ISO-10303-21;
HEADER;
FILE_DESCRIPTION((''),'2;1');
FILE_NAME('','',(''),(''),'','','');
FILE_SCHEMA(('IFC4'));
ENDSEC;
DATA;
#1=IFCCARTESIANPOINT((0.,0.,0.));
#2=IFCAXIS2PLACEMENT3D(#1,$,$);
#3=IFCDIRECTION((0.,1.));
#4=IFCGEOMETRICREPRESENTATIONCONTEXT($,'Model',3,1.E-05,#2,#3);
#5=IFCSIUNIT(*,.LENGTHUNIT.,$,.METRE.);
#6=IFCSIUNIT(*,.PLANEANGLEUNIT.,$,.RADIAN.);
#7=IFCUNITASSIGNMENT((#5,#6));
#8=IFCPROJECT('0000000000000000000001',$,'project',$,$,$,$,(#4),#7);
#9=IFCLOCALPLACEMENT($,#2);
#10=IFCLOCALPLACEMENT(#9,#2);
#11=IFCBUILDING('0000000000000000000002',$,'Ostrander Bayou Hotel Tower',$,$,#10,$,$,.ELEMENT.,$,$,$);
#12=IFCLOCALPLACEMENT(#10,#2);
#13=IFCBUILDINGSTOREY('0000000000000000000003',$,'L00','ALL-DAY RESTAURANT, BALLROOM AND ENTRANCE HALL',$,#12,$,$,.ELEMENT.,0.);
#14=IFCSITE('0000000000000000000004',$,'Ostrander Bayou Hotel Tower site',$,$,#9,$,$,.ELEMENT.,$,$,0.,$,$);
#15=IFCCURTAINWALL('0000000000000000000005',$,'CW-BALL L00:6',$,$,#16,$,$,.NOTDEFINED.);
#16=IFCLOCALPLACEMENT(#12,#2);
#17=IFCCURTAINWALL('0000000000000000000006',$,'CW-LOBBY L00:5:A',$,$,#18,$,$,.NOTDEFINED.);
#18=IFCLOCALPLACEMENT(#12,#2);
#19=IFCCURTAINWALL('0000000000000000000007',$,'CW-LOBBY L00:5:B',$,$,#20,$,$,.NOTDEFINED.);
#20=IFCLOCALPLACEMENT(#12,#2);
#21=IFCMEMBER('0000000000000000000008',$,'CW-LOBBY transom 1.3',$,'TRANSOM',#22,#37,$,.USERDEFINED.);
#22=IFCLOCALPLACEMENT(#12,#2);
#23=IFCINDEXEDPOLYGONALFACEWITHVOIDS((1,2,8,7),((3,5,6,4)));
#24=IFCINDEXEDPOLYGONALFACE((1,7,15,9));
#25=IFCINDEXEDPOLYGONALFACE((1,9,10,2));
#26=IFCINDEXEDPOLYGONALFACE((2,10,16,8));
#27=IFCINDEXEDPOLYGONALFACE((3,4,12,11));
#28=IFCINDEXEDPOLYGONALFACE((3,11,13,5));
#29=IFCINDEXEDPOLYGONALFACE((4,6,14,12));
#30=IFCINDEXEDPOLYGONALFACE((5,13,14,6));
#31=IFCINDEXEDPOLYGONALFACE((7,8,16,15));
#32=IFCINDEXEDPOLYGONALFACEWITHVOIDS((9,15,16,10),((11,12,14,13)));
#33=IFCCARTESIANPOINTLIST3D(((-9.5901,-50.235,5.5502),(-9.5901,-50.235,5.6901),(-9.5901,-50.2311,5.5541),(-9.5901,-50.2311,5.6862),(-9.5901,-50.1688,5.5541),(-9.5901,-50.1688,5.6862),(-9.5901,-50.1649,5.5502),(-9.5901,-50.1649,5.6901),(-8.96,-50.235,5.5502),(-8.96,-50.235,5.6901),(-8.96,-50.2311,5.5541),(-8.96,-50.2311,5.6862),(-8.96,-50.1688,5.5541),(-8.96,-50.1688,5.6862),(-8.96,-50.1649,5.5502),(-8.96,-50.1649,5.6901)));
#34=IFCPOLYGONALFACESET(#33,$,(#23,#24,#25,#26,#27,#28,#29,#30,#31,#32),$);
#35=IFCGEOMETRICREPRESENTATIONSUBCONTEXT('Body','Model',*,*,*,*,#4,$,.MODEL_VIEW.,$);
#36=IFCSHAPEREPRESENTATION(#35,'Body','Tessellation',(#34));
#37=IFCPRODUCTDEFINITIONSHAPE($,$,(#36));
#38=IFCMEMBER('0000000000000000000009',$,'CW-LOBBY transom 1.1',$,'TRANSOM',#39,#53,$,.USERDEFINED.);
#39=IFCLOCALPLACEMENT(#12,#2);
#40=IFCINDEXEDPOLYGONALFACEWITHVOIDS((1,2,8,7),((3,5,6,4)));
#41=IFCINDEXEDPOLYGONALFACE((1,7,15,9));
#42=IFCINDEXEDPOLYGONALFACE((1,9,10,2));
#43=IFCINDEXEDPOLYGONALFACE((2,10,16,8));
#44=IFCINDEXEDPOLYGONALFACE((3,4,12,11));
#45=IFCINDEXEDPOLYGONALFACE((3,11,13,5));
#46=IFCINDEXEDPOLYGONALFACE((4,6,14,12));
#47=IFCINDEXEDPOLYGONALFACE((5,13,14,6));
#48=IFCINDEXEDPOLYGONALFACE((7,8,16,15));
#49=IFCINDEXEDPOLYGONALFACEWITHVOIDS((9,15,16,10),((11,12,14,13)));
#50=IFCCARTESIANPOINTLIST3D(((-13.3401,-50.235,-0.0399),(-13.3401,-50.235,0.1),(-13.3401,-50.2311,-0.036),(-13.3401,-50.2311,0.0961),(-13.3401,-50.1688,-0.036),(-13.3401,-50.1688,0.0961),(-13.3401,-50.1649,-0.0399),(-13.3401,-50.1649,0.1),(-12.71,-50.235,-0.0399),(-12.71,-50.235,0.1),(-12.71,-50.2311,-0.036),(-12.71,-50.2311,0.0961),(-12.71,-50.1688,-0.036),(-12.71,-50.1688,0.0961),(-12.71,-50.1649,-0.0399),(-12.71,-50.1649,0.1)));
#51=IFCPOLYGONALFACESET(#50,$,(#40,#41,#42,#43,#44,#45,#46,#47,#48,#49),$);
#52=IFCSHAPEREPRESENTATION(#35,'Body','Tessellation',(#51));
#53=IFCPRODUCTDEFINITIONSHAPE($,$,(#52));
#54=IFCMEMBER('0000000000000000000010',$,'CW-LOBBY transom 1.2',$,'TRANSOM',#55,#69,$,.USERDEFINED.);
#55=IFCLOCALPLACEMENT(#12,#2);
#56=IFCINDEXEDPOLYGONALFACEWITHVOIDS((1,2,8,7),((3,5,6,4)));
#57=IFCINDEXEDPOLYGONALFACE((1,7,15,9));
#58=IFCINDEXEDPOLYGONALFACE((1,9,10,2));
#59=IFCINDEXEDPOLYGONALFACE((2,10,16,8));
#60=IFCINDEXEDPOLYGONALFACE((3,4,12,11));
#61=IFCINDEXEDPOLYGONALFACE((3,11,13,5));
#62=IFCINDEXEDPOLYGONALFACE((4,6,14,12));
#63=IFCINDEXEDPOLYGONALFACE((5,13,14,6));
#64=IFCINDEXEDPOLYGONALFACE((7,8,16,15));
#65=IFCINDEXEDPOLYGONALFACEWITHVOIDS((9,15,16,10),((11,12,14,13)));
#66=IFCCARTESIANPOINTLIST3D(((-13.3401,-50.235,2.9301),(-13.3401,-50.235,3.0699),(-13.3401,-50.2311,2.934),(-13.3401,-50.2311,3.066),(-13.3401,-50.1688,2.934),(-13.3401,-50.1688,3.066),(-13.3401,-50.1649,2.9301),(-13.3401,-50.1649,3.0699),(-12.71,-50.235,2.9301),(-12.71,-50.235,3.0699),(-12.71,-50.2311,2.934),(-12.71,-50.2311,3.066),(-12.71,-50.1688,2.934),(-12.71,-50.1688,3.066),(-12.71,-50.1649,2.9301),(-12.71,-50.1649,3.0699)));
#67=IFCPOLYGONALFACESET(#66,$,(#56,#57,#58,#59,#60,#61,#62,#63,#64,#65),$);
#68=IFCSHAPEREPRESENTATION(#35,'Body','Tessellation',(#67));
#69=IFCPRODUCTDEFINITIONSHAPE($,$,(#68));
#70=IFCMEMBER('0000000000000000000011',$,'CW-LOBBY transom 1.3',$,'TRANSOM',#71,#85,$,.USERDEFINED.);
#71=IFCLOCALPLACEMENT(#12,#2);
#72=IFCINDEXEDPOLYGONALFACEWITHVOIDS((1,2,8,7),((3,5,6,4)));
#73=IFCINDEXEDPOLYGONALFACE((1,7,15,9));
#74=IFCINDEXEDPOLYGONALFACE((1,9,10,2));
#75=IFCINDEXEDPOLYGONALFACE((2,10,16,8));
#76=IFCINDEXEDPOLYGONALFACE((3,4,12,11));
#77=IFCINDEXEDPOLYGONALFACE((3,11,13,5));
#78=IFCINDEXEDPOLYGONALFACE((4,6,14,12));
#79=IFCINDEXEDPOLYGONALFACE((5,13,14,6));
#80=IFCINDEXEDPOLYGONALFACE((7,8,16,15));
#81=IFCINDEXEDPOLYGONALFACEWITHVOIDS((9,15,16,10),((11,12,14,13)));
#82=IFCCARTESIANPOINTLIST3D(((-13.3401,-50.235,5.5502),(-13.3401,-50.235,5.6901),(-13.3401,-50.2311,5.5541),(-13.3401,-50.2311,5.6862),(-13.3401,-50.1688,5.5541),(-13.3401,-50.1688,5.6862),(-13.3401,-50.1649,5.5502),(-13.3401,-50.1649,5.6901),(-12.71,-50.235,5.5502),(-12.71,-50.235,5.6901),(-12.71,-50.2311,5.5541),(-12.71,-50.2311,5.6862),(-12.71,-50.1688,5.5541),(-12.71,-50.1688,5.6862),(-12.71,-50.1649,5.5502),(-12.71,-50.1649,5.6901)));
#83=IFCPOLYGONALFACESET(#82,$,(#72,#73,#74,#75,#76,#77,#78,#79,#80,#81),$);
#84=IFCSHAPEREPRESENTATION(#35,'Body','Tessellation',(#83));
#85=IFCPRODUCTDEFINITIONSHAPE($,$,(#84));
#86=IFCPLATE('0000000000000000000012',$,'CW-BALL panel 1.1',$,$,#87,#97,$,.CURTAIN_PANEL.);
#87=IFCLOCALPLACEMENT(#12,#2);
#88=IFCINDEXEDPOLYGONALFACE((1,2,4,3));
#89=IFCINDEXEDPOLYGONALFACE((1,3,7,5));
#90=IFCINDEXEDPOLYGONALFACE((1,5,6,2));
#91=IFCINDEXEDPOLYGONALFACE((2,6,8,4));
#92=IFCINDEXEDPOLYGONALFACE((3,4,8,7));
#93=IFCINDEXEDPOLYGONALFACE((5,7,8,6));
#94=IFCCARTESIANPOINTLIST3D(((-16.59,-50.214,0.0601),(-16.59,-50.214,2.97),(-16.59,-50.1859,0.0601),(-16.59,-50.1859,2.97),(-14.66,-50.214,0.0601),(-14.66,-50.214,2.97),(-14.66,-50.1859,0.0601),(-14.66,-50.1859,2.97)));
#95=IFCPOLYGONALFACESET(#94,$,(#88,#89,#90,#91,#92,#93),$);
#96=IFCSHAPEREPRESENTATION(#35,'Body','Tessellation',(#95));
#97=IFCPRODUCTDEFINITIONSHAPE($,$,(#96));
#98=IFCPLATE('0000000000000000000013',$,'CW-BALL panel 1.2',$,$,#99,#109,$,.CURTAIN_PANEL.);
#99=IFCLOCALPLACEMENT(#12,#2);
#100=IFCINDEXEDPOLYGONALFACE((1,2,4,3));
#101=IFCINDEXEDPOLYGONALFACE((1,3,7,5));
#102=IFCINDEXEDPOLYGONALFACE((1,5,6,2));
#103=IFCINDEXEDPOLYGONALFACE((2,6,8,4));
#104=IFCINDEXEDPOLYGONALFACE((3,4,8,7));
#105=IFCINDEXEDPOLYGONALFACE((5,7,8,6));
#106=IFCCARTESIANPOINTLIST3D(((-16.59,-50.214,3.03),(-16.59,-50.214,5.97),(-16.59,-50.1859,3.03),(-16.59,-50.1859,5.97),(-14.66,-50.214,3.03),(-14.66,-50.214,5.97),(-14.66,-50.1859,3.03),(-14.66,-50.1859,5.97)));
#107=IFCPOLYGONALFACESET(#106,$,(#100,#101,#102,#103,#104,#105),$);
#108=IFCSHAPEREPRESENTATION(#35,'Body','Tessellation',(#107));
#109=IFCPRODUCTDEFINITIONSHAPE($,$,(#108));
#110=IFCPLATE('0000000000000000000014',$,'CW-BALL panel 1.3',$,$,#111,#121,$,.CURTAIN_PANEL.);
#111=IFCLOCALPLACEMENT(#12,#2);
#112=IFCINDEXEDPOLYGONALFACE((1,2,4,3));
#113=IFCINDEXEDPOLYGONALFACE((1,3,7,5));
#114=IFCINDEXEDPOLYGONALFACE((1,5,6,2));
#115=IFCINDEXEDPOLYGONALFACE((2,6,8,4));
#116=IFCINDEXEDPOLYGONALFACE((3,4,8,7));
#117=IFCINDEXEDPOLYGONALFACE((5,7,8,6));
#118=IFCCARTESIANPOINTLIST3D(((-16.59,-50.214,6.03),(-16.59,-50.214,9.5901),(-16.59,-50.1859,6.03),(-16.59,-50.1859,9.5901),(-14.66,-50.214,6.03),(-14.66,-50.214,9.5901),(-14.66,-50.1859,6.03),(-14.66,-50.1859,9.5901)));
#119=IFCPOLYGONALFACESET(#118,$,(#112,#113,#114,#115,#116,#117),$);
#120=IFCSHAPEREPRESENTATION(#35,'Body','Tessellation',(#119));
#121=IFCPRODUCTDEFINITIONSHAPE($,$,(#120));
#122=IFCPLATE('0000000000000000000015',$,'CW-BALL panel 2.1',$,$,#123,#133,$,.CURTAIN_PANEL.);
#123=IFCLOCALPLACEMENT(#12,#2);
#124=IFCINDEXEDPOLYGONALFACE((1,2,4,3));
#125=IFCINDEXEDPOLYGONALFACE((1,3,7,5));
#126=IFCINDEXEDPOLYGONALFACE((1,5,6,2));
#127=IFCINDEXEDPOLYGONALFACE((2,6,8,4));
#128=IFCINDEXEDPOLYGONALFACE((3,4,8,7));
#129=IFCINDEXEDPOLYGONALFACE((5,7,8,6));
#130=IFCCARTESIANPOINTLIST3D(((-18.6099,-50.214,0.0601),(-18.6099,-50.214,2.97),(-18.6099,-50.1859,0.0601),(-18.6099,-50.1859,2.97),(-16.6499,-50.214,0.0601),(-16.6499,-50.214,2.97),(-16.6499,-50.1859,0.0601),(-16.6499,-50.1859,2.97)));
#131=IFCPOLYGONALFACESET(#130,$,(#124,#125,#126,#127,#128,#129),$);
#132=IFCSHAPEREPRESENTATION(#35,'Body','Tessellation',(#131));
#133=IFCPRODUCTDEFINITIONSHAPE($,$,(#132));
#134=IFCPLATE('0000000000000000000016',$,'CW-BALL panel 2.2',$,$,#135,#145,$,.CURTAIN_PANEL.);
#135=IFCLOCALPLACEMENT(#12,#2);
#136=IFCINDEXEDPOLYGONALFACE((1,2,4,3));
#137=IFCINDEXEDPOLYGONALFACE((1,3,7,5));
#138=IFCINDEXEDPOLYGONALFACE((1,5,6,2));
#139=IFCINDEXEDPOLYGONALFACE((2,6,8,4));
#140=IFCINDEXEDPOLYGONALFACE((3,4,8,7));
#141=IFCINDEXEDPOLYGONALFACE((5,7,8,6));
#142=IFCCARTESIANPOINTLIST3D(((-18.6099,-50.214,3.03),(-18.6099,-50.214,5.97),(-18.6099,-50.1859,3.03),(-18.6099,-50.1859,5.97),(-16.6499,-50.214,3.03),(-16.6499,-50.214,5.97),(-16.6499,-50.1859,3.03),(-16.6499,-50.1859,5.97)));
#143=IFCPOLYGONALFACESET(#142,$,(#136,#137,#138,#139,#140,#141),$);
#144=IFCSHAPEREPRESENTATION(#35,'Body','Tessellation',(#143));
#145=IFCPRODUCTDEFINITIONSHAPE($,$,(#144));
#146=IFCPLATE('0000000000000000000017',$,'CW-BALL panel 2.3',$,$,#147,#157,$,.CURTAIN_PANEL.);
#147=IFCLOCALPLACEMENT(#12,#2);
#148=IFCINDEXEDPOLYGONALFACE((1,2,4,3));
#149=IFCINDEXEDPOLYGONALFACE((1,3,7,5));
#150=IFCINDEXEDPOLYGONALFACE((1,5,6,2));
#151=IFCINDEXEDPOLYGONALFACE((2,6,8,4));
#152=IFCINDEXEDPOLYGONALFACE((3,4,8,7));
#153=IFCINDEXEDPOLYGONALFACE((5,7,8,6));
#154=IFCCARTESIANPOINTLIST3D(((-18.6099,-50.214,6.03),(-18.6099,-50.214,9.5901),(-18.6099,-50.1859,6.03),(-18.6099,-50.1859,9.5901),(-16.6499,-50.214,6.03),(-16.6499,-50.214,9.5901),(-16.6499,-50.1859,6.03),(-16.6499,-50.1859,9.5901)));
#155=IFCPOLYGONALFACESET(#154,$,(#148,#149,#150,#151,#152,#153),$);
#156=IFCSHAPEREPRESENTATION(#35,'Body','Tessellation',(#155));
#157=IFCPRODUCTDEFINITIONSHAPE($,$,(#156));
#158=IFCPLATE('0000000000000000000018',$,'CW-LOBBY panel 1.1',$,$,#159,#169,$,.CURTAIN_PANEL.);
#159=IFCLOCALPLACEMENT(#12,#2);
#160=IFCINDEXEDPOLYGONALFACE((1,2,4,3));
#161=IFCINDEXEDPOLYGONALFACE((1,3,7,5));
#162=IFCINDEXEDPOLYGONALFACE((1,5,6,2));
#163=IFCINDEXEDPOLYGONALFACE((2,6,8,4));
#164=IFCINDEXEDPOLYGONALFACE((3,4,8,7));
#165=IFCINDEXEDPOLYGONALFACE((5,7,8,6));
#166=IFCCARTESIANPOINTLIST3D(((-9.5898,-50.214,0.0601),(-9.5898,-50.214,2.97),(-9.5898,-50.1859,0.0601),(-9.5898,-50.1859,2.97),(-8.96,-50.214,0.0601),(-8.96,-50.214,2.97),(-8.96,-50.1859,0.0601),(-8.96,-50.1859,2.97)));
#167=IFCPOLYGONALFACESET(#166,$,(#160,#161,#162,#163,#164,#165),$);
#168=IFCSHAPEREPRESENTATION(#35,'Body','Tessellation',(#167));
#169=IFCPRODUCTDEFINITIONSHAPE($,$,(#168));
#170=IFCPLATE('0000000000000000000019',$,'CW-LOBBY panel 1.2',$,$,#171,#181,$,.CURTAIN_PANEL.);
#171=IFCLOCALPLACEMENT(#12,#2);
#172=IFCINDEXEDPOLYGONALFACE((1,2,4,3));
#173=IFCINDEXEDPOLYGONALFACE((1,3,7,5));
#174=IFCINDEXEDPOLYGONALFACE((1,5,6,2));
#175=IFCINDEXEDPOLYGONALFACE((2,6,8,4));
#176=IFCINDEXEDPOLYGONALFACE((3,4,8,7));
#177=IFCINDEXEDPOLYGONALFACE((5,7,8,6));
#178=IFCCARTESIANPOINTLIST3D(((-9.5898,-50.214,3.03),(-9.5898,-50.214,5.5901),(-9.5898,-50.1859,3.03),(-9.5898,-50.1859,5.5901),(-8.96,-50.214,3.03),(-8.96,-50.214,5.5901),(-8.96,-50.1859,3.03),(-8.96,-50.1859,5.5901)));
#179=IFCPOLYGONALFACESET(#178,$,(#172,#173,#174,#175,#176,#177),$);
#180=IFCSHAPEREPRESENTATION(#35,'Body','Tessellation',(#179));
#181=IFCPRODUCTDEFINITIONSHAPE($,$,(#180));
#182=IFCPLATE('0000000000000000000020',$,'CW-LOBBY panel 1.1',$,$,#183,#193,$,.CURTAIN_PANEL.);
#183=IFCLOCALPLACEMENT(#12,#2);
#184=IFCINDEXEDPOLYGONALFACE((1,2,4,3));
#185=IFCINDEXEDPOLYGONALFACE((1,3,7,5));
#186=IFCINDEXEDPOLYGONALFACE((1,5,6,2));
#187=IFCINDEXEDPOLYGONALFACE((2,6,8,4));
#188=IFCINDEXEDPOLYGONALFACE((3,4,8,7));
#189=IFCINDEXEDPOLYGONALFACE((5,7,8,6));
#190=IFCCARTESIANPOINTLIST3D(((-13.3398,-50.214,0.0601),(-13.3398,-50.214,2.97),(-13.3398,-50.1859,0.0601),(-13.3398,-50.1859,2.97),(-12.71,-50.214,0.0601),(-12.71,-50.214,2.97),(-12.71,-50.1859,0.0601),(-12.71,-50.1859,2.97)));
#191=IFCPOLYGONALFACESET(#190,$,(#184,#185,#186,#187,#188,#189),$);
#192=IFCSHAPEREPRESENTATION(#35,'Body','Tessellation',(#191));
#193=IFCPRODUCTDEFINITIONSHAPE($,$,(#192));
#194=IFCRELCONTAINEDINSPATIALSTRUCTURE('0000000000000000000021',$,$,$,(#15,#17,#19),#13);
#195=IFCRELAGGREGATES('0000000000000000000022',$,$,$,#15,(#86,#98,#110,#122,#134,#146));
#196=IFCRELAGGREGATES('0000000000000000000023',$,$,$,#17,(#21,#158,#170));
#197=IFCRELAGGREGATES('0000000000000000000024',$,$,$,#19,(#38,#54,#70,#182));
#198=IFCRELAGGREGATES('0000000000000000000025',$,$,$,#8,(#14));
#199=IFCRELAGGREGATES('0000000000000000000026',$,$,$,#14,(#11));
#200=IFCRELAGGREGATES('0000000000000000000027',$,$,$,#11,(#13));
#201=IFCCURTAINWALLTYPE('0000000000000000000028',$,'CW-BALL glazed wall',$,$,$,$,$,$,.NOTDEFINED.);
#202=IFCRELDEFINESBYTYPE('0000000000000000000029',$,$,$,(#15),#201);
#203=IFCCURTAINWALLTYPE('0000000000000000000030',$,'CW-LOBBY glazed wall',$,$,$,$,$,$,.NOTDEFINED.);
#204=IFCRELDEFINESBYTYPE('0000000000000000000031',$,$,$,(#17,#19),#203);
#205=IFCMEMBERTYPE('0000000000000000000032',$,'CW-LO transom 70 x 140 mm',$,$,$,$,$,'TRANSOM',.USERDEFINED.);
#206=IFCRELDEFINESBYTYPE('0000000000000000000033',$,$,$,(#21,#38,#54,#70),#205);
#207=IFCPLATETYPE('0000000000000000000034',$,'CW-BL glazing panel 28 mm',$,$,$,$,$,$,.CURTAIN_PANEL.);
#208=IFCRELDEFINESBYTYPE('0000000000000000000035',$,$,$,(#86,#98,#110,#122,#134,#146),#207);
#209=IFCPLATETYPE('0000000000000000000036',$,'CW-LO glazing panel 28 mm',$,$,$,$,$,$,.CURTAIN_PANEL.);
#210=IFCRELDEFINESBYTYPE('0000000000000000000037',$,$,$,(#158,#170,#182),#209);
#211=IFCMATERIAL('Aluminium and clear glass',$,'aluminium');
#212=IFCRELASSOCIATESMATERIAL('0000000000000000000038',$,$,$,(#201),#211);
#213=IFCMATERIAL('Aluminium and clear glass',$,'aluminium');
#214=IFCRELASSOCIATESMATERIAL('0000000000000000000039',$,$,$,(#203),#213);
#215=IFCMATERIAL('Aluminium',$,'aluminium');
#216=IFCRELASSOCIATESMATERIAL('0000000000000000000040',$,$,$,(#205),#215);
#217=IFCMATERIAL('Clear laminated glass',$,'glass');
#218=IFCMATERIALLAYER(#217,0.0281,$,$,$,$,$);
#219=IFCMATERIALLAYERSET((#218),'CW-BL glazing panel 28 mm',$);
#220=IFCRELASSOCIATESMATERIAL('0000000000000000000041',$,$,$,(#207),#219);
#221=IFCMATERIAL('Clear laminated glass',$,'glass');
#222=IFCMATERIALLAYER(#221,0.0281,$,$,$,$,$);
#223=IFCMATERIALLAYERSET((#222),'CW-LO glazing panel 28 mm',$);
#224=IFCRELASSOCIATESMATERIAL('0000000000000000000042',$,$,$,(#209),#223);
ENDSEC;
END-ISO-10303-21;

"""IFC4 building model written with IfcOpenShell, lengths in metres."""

from ifc_helpers import new_model, si_unit, direction, frame, origin, origin_2d, place, context, subcontext, project, spatial, rectangle, hollow_rectangle, extrude, material, layer, layer_set, material_profile, profile_set, type_object, element, aggregate, save


model = new_model("IFC4")

# Units and contexts
model_context = context("Model", 3, precision=1e-05, world=origin(), true_north=direction((0.0, 1.0)))
body_context = subcontext(model_context, "Body", "Model", "MODEL_VIEW")
ifc_project = project(units=[si_unit("LENGTHUNIT", "METRE"), si_unit("PLANEANGLEUNIT", "RADIAN")], contexts=[model_context])

# Site, building, storey
site_placement = place(None, origin())
site = spatial("IfcSite", under=ifc_project, at=site_placement, Name="Ostrander Bayou Hotel Tower site", CompositionType="ELEMENT", RefElevation=0.0)
building_placement = place(site_placement, origin())
building = spatial("IfcBuilding", under=site, at=building_placement, Name="Ostrander Bayou Hotel Tower", CompositionType="ELEMENT")
storey_placement = place(building_placement, origin())
storey = spatial("IfcBuildingStorey", under=building, at=storey_placement, Name="L00", Description="ALL-DAY RESTAURANT, BALLROOM AND ENTRANCE HALL", CompositionType="ELEMENT", Elevation=0.0)

# Curtain walls
ifc_material_1 = material(Name="Aluminium and clear glass", Category="aluminium")
curtain_wall_type_1 = type_object("IfcCurtainWallType", Name="CW-BALL glazed wall", PredefinedType="NOTDEFINED", material=ifc_material_1)
curtain_wall_1_placement = place(storey_placement, origin())
curtain_wall_1 = element("IfcCurtainWall", 1, at=curtain_wall_1_placement, inside=storey, type_object=curtain_wall_type_1, Name="CW-BALL L00:6", PredefinedType="NOTDEFINED")
ifc_material_2 = material(Name="Aluminium and clear glass", Category="aluminium")
curtain_wall_type_2 = type_object("IfcCurtainWallType", Name="CW-LOBBY glazed wall", PredefinedType="NOTDEFINED", material=ifc_material_2)
curtain_wall_2_placement = place(storey_placement, origin())
curtain_wall_2 = element("IfcCurtainWall", 2, at=curtain_wall_2_placement, inside=storey, type_object=curtain_wall_type_2, Name="CW-LOBBY L00:5:A", PredefinedType="NOTDEFINED")
curtain_wall_3_placement = place(storey_placement, origin())
curtain_wall_3 = element("IfcCurtainWall", 3, at=curtain_wall_3_placement, inside=storey, type_object=curtain_wall_type_2, Name="CW-LOBBY L00:5:B", PredefinedType="NOTDEFINED")

# Members
ifc_material_3 = material(Name="Aluminium", Category="aluminium")
ifc_material_profile_1 = material_profile(ifc_material_3, hollow_rectangle(XDim=0.0701, YDim=0.1399, WallThickness=0.0039, at=origin_2d()))
ifc_profile_set_1 = profile_set([ifc_material_profile_1], Name="Aluminium")
member_type_1 = type_object("IfcMemberType", Name="CW-LO transom 70 x 140 mm", ElementType="TRANSOM", PredefinedType="USERDEFINED", material=ifc_profile_set_1)
member_1_placement = place(storey_placement, frame((-8.96, -50.2, 5.6201), z_axis=(-1.0, 0.0, 0.0), x_axis=(0.0, -1.0, 0.0)))
member_1 = element("IfcMember", 4, at=member_1_placement, type_object=member_type_1, Name="CW-LOBBY transom 1.3", ObjectType="TRANSOM", PredefinedType="USERDEFINED", context=body_context, shape_type="SweptSolid", body=[
    extrude(hollow_rectangle(XDim=0.0701, YDim=0.1399, WallThickness=0.0039, at=origin_2d()), origin(), (0.0, 0.0, 1.0), 0.6301),
])
member_2_placement = place(storey_placement, frame((-12.71, -50.2, 0.03), z_axis=(-1.0, 0.0, 0.0), x_axis=(0.0, -1.0, 0.0)))
member_2 = element("IfcMember", 5, at=member_2_placement, type_object=member_type_1, Name="CW-LOBBY transom 1.1", ObjectType="TRANSOM", PredefinedType="USERDEFINED", context=body_context, shape_type="SweptSolid", body=[
    extrude(hollow_rectangle(XDim=0.0701, YDim=0.1399, WallThickness=0.0039, at=origin_2d()), origin(), (0.0, 0.0, 1.0), 0.6301),
])
member_3_placement = place(storey_placement, frame((-12.71, -50.2, 3.0), z_axis=(-1.0, 0.0, 0.0), x_axis=(0.0, -1.0, 0.0)))
member_3 = element("IfcMember", 6, at=member_3_placement, type_object=member_type_1, Name="CW-LOBBY transom 1.2", ObjectType="TRANSOM", PredefinedType="USERDEFINED", context=body_context, shape_type="SweptSolid", body=[
    extrude(hollow_rectangle(XDim=0.0701, YDim=0.1399, WallThickness=0.0039, at=origin_2d()), origin(), (0.0, 0.0, 1.0), 0.6301),
])
member_4_placement = place(storey_placement, frame((-12.71, -50.2, 5.6201), z_axis=(-1.0, 0.0, 0.0), x_axis=(0.0, -1.0, 0.0)))
member_4 = element("IfcMember", 7, at=member_4_placement, type_object=member_type_1, Name="CW-LOBBY transom 1.3", ObjectType="TRANSOM", PredefinedType="USERDEFINED", context=body_context, shape_type="SweptSolid", body=[
    extrude(hollow_rectangle(XDim=0.0701, YDim=0.1399, WallThickness=0.0039, at=origin_2d()), origin(), (0.0, 0.0, 1.0), 0.6301),
])

# Plates
ifc_material_4 = material(Name="Clear laminated glass", Category="glass")
ifc_layer_1 = layer(ifc_material_4, 0.0281)
ifc_layer_set_1 = layer_set([ifc_layer_1], Name="CW-BL glazing panel 28 mm")
plate_type_1 = type_object("IfcPlateType", Name="CW-BL glazing panel 28 mm", PredefinedType="CURTAIN_PANEL", material=ifc_layer_set_1)
plate_1_placement = place(storey_placement, frame((-15.625, -50.2, 0.0601), z_axis=(0.0, 0.0, 1.0), x_axis=(-1.0, 0.0, 0.0)))
plate_1 = element("IfcPlate", 8, at=plate_1_placement, type_object=plate_type_1, Name="CW-BALL panel 1.1", PredefinedType="CURTAIN_PANEL", context=body_context, shape_type="SweptSolid", body=[
    extrude(rectangle(XDim=1.9299, YDim=0.0281, at=origin_2d()), origin(), (0.0, 0.0, 1.0), 2.9099),
])
plate_2_placement = place(storey_placement, frame((-15.625, -50.2, 3.03), z_axis=(0.0, 0.0, 1.0), x_axis=(-1.0, 0.0, 0.0)))
plate_2 = element("IfcPlate", 9, at=plate_2_placement, type_object=plate_type_1, Name="CW-BALL panel 1.2", PredefinedType="CURTAIN_PANEL", context=body_context, shape_type="SweptSolid", body=[
    extrude(rectangle(XDim=1.9299, YDim=0.0281, at=origin_2d()), origin(), (0.0, 0.0, 1.0), 2.9399),
])
plate_3_placement = place(storey_placement, frame((-15.625, -50.2, 6.03), z_axis=(0.0, 0.0, 1.0), x_axis=(-1.0, 0.0, 0.0)))
plate_3 = element("IfcPlate", 10, at=plate_3_placement, type_object=plate_type_1, Name="CW-BALL panel 1.3", PredefinedType="CURTAIN_PANEL", context=body_context, shape_type="SweptSolid", body=[
    extrude(rectangle(XDim=1.9299, YDim=0.0281, at=origin_2d()), origin(), (0.0, 0.0, 1.0), 3.5601),
])
plate_4_placement = place(storey_placement, frame((-17.6299, -50.2, 0.0601), z_axis=(0.0, 0.0, 1.0), x_axis=(-1.0, 0.0, 0.0)))
plate_4 = element("IfcPlate", 11, at=plate_4_placement, type_object=plate_type_1, Name="CW-BALL panel 2.1", PredefinedType="CURTAIN_PANEL", context=body_context, shape_type="SweptSolid", body=[
    extrude(rectangle(XDim=1.96, YDim=0.0281, at=origin_2d()), origin(), (0.0, 0.0, 1.0), 2.9099),
])
plate_5_placement = place(storey_placement, frame((-17.6299, -50.2, 3.03), z_axis=(0.0, 0.0, 1.0), x_axis=(-1.0, 0.0, 0.0)))
plate_5 = element("IfcPlate", 12, at=plate_5_placement, type_object=plate_type_1, Name="CW-BALL panel 2.2", PredefinedType="CURTAIN_PANEL", context=body_context, shape_type="SweptSolid", body=[
    extrude(rectangle(XDim=1.96, YDim=0.0281, at=origin_2d()), origin(), (0.0, 0.0, 1.0), 2.9399),
])
plate_6_placement = place(storey_placement, frame((-17.6299, -50.2, 6.03), z_axis=(0.0, 0.0, 1.0), x_axis=(-1.0, 0.0, 0.0)))
plate_6 = element("IfcPlate", 13, at=plate_6_placement, type_object=plate_type_1, Name="CW-BALL panel 2.3", PredefinedType="CURTAIN_PANEL", context=body_context, shape_type="SweptSolid", body=[
    extrude(rectangle(XDim=1.96, YDim=0.0281, at=origin_2d()), origin(), (0.0, 0.0, 1.0), 3.5601),
])
aggregate(curtain_wall_1, [plate_1, plate_2, plate_3, plate_4, plate_5, plate_6])
ifc_material_5 = material(Name="Clear laminated glass", Category="glass")
ifc_layer_2 = layer(ifc_material_5, 0.0281)
ifc_layer_set_2 = layer_set([ifc_layer_2], Name="CW-LO glazing panel 28 mm")
plate_type_2 = type_object("IfcPlateType", Name="CW-LO glazing panel 28 mm", PredefinedType="CURTAIN_PANEL", material=ifc_layer_set_2)
plate_7_placement = place(storey_placement, frame((-9.2749, -50.2, 0.0601), z_axis=(0.0, 0.0, 1.0), x_axis=(-1.0, 0.0, 0.0)))
plate_7 = element("IfcPlate", 14, at=plate_7_placement, type_object=plate_type_2, Name="CW-LOBBY panel 1.1", PredefinedType="CURTAIN_PANEL", context=body_context, shape_type="SweptSolid", body=[
    extrude(rectangle(XDim=0.6299, YDim=0.0281, at=origin_2d()), origin(), (0.0, 0.0, 1.0), 2.9099),
])
plate_8_placement = place(storey_placement, frame((-9.2749, -50.2, 3.03), z_axis=(0.0, 0.0, 1.0), x_axis=(-1.0, 0.0, 0.0)))
plate_8 = element("IfcPlate", 15, at=plate_8_placement, type_object=plate_type_2, Name="CW-LOBBY panel 1.2", PredefinedType="CURTAIN_PANEL", context=body_context, shape_type="SweptSolid", body=[
    extrude(rectangle(XDim=0.6299, YDim=0.0281, at=origin_2d()), origin(), (0.0, 0.0, 1.0), 2.5601),
])
aggregate(curtain_wall_2, [member_1, plate_7, plate_8])
plate_9_placement = place(storey_placement, frame((-13.0249, -50.2, 0.0601), z_axis=(0.0, 0.0, 1.0), x_axis=(-1.0, 0.0, 0.0)))
plate_9 = element("IfcPlate", 16, at=plate_9_placement, type_object=plate_type_2, Name="CW-LOBBY panel 1.1", PredefinedType="CURTAIN_PANEL", context=body_context, shape_type="SweptSolid", body=[
    extrude(rectangle(XDim=0.6299, YDim=0.0281, at=origin_2d()), origin(), (0.0, 0.0, 1.0), 2.9099),
])
aggregate(curtain_wall_3, [member_2, member_3, member_4, plate_9])

save(model, "model.ifc")
